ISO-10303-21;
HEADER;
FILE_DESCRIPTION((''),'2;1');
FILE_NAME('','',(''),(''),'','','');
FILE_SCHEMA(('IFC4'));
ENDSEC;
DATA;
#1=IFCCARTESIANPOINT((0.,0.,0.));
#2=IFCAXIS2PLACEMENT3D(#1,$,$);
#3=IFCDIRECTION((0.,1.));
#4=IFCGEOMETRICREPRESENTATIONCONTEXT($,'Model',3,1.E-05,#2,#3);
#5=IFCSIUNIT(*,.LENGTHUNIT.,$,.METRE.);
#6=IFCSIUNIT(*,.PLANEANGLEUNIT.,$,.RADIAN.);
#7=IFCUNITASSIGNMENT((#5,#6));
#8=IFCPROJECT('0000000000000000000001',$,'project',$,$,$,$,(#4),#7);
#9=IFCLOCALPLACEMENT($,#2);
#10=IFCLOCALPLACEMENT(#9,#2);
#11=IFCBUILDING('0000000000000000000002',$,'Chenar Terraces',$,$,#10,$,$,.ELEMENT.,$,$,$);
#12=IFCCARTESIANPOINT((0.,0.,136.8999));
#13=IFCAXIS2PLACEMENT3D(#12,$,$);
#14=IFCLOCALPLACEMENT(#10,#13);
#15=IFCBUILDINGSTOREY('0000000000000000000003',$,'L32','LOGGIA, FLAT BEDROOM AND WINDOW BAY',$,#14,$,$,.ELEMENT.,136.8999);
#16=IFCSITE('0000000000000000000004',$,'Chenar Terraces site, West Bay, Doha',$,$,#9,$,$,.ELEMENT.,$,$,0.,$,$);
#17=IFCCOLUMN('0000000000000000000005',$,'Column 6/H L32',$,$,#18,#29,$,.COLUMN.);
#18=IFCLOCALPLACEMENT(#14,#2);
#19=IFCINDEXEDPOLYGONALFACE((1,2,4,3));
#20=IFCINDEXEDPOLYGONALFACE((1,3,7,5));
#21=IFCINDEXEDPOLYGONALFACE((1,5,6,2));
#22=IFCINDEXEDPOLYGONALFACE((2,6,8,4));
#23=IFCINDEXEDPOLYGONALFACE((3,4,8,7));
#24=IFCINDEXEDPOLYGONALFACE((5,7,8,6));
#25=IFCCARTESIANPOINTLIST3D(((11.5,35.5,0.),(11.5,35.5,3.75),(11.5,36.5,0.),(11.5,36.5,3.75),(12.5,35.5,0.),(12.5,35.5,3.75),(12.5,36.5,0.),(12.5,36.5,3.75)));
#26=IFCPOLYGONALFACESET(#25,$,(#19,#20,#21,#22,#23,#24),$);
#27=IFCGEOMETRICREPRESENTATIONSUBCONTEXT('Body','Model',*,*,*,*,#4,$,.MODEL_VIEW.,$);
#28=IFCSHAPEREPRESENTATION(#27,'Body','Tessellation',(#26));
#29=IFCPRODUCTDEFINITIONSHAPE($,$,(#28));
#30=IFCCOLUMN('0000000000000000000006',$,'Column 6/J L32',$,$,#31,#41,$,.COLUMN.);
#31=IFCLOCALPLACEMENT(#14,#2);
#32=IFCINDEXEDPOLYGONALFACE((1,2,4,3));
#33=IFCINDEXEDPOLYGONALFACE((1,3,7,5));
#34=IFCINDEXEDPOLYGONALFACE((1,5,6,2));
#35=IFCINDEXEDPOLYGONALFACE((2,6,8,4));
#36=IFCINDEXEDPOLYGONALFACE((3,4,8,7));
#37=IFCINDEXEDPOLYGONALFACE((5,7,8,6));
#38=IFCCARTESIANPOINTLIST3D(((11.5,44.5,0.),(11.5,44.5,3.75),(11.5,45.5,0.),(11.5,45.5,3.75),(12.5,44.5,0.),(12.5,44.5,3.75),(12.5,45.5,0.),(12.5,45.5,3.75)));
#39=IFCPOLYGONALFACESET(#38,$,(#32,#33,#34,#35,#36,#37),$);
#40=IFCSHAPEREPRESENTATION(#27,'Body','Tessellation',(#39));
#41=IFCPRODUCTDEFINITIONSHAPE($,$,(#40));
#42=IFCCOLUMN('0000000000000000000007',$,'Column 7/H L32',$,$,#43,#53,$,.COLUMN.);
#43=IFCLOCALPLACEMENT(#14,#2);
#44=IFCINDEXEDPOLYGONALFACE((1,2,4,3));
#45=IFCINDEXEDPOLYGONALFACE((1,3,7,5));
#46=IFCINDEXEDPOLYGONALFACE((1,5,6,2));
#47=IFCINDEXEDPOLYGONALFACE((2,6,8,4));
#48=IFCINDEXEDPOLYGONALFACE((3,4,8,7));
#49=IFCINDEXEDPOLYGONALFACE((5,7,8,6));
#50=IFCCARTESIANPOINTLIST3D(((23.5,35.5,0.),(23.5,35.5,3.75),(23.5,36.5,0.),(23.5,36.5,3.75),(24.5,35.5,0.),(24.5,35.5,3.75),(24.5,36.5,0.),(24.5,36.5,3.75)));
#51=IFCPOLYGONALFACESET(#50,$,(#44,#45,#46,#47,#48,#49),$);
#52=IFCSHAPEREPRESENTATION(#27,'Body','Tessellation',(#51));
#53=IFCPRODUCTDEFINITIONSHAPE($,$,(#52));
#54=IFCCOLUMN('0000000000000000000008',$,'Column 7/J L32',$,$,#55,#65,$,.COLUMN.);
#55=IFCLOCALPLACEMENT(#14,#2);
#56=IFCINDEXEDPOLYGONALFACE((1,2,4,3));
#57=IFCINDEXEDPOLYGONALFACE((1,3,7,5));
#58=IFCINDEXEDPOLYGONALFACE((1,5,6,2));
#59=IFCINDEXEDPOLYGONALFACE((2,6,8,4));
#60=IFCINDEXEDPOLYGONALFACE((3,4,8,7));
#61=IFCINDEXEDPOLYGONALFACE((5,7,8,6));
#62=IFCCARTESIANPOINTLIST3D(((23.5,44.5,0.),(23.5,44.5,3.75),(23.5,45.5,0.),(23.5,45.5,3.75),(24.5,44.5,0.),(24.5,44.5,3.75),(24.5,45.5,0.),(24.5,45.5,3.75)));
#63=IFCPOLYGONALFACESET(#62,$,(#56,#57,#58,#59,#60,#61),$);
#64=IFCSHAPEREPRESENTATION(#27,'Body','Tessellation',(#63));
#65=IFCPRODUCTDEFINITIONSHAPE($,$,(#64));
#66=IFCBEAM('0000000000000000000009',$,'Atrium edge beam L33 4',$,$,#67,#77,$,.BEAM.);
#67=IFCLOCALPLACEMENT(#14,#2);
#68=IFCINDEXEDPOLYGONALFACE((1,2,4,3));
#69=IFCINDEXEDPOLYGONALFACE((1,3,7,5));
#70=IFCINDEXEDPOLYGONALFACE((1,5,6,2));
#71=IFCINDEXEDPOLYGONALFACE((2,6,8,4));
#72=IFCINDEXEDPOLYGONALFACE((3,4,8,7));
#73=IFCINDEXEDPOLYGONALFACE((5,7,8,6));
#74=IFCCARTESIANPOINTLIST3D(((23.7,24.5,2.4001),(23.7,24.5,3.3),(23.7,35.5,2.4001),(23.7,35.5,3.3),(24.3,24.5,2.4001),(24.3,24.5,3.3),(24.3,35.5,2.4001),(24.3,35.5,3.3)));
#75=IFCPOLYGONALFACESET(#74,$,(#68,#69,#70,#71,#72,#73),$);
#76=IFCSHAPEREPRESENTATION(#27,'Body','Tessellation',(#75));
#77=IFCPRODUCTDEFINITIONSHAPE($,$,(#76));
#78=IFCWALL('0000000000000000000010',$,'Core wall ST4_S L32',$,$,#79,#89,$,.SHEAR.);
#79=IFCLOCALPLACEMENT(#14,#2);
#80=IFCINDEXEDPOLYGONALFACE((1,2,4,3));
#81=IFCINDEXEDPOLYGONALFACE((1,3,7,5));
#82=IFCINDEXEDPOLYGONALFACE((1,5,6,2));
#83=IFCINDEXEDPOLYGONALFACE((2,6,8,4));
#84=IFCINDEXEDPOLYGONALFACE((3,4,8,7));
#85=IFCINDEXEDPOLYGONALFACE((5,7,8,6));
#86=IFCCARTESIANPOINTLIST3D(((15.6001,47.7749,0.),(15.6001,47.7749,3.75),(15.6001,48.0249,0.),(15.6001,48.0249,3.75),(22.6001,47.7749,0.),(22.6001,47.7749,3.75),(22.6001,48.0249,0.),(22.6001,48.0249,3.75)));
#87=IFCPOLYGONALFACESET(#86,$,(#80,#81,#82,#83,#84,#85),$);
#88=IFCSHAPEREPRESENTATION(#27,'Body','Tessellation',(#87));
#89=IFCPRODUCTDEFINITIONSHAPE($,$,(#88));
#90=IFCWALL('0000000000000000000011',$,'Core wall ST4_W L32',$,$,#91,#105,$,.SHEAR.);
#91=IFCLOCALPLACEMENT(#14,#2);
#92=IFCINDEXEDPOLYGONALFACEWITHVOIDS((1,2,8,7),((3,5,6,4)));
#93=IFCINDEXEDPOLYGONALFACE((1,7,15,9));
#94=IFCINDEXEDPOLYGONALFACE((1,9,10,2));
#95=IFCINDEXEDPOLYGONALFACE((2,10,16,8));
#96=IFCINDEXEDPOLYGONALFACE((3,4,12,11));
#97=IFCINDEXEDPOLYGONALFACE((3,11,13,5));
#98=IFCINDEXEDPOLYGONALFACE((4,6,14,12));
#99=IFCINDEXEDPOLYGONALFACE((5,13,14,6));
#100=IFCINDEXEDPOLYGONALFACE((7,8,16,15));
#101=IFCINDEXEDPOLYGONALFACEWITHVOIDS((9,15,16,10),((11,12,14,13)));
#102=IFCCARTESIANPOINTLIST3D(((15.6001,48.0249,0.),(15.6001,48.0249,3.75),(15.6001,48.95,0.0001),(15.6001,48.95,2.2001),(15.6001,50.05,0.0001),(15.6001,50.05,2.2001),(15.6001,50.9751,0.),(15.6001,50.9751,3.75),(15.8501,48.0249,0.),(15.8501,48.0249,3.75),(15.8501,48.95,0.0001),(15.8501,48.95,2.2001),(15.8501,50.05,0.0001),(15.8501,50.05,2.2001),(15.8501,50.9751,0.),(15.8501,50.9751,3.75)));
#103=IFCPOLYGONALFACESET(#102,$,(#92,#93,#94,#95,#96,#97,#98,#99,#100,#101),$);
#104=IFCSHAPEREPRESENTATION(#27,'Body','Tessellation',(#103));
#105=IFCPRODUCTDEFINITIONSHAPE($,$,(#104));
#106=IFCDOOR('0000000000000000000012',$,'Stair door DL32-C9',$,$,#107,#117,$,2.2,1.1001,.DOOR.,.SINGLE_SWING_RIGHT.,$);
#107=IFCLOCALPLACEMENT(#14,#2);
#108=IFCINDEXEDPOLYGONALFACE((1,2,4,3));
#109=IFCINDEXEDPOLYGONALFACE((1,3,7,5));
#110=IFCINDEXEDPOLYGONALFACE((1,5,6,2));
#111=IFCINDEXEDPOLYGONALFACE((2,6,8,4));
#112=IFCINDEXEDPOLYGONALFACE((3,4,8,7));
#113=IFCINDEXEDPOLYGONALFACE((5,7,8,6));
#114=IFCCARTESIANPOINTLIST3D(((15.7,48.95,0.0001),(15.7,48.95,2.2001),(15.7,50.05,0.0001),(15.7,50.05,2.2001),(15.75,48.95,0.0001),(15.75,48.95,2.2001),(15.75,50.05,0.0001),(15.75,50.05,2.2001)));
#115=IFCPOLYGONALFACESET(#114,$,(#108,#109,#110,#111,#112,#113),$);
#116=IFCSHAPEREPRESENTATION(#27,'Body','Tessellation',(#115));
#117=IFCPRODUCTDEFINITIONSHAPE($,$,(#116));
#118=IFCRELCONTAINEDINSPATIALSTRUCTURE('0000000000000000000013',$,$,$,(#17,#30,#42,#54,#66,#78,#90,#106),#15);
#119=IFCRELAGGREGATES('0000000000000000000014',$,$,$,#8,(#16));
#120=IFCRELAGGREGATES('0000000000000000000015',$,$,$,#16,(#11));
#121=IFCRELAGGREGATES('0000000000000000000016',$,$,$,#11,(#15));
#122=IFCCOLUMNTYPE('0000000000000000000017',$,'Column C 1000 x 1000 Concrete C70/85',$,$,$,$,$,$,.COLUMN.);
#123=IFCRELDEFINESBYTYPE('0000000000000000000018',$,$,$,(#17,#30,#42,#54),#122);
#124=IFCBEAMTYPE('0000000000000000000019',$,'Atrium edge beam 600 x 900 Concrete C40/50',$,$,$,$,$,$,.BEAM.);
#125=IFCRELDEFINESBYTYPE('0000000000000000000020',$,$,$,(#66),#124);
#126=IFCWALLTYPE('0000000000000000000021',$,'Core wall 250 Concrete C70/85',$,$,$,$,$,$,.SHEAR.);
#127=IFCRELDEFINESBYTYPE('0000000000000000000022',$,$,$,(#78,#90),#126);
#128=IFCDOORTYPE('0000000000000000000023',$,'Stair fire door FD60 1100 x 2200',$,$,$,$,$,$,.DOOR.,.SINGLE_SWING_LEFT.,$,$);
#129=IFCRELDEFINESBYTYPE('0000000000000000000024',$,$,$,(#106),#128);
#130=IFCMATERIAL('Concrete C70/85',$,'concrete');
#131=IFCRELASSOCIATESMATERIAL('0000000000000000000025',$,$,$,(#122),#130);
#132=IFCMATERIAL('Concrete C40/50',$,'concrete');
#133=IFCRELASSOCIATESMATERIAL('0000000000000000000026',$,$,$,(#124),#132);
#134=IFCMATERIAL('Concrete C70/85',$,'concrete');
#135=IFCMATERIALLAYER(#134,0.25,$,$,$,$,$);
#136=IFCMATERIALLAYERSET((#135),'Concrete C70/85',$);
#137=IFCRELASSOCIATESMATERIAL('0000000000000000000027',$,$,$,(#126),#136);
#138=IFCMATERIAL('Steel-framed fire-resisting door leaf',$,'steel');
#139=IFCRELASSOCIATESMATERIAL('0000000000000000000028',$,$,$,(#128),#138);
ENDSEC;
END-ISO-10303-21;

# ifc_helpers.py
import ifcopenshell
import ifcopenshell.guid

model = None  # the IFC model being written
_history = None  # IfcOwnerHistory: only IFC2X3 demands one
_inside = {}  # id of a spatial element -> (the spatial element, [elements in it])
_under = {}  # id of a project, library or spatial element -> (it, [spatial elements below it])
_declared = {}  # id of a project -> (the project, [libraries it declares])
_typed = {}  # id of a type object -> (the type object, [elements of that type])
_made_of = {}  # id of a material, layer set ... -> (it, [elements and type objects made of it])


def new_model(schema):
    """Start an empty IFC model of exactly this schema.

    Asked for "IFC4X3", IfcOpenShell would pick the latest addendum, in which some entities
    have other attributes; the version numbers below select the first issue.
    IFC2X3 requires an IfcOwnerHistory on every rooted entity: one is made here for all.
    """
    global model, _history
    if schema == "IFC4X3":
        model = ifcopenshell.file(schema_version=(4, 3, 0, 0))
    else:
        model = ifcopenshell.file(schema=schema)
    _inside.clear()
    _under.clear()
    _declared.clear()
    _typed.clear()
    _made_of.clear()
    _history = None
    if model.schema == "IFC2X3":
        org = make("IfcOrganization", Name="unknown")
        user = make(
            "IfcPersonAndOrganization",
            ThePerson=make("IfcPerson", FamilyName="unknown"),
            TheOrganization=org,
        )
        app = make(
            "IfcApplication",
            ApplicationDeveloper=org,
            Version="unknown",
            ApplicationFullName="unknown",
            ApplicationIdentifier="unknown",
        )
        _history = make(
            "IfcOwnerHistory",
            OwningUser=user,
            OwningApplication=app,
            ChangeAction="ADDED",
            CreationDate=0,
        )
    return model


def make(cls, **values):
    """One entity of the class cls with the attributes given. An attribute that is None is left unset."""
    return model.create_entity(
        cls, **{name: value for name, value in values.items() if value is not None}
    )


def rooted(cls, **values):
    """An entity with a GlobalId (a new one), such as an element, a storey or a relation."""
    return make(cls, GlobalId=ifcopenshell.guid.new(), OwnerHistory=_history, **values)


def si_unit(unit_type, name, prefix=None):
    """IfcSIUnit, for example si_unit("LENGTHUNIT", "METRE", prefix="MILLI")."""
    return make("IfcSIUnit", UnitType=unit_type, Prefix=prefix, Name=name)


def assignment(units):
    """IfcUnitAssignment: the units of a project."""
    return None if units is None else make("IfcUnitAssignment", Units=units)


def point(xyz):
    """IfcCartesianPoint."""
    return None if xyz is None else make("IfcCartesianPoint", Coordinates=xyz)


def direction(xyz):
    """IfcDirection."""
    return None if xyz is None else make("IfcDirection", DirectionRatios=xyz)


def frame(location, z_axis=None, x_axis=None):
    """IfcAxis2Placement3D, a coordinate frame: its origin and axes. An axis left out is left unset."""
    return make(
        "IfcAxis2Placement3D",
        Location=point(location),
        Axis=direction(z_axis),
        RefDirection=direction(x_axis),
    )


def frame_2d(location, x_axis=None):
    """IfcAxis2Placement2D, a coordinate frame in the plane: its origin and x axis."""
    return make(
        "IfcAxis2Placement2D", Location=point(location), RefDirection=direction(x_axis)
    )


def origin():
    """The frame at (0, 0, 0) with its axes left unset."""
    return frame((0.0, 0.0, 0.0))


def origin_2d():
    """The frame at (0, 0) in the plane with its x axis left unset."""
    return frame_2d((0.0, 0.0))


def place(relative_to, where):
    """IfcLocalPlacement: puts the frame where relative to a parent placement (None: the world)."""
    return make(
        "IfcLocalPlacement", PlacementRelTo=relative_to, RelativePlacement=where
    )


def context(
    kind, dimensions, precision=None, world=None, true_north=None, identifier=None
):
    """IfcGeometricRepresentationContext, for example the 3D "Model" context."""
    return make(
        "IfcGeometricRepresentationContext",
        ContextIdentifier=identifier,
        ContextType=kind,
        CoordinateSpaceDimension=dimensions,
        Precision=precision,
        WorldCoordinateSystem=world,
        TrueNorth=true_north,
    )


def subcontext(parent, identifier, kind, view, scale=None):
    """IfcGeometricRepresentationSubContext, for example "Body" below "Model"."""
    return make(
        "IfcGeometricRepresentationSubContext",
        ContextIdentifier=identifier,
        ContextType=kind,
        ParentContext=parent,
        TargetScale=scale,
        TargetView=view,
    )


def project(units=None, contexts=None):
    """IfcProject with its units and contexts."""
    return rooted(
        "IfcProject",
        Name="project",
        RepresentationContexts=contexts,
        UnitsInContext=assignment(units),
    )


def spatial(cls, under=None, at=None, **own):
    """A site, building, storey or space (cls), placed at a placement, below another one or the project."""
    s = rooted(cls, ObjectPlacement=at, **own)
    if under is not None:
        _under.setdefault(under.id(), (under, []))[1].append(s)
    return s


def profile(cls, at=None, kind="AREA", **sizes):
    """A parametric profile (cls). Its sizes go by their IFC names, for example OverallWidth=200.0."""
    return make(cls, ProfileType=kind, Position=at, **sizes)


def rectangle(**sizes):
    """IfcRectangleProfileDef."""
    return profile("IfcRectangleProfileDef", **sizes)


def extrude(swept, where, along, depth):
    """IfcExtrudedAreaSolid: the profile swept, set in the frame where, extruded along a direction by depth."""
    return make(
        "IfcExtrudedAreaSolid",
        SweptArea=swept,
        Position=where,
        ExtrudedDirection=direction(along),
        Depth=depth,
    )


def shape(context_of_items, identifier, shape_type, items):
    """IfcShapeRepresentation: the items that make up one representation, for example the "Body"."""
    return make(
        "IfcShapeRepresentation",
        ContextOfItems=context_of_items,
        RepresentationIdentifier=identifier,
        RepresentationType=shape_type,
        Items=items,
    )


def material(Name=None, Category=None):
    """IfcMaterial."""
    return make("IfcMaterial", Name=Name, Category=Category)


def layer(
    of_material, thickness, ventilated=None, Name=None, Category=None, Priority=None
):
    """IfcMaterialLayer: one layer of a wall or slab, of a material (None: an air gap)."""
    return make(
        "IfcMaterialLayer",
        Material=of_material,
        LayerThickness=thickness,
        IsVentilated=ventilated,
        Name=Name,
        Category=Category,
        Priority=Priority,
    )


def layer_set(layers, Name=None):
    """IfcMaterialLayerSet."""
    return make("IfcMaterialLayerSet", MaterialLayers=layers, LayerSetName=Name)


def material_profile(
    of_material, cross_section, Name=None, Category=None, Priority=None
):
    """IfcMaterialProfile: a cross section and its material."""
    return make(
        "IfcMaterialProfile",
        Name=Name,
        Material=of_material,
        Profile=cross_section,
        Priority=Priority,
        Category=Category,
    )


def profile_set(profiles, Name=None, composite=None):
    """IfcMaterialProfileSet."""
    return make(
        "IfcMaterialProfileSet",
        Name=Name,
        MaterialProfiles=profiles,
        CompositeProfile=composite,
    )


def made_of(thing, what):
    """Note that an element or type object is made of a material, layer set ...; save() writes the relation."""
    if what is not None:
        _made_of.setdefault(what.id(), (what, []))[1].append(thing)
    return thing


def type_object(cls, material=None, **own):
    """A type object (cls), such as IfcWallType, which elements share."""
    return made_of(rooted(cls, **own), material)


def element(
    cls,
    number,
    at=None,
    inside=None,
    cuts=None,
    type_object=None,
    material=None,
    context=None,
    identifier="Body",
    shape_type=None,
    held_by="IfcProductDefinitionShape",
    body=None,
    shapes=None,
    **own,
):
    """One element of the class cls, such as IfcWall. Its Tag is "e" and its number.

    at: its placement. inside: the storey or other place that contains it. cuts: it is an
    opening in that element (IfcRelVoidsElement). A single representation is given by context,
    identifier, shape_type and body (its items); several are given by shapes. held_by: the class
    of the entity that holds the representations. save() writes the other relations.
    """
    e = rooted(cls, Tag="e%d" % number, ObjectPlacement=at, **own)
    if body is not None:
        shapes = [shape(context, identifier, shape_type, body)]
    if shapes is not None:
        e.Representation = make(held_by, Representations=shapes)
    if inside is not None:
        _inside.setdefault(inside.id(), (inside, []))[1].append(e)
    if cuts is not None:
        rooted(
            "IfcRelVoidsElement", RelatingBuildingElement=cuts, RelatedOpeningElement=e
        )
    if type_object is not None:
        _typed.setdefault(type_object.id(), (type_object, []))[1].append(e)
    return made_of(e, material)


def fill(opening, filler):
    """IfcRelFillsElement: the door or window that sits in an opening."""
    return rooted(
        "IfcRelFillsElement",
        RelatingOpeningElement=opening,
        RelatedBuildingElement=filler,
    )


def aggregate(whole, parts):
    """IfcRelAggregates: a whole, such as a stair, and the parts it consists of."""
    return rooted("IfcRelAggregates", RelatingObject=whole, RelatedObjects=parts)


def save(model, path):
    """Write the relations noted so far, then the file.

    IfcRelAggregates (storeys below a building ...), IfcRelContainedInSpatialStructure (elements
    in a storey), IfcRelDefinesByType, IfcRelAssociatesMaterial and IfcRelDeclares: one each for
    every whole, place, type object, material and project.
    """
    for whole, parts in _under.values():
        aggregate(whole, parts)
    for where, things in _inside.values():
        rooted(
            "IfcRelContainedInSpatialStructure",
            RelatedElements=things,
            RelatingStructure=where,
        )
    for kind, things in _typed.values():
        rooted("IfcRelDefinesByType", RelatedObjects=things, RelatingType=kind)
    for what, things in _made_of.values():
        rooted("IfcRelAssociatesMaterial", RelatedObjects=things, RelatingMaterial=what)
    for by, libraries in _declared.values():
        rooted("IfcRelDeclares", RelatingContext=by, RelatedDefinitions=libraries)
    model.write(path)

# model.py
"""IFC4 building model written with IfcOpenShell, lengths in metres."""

from ifc_helpers import new_model, si_unit, direction, frame, frame_2d, origin, origin_2d, place, context, subcontext, project, spatial, rectangle, extrude, material, layer, layer_set, material_profile, profile_set, type_object, element, fill, save


model = new_model("IFC4")

# Units and contexts
model_context = context("Model", 3, precision=1e-05, world=origin(), true_north=direction((0.0, 1.0)))
body_context = subcontext(model_context, "Body", "Model", "MODEL_VIEW")
ifc_project = project(units=[si_unit("LENGTHUNIT", "METRE"), si_unit("PLANEANGLEUNIT", "RADIAN")], contexts=[model_context])

# Site, building, storey
site_placement = place(None, origin())
site = spatial("IfcSite", under=ifc_project, at=site_placement, Name="Chenar Terraces site, West Bay, Doha", CompositionType="ELEMENT", RefElevation=0.0)
building_placement = place(site_placement, origin())
building = spatial("IfcBuilding", under=site, at=building_placement, Name="Chenar Terraces", CompositionType="ELEMENT")
storey_placement = place(building_placement, frame((0.0, 0.0, 136.8999)))
storey = spatial("IfcBuildingStorey", under=building, at=storey_placement, Name="L32", Description="LOGGIA, FLAT BEDROOM AND WINDOW BAY", CompositionType="ELEMENT", Elevation=136.8999)

# Columns
ifc_material_1 = material(Name="Concrete C70/85", Category="concrete")
ifc_material_profile_1 = material_profile(ifc_material_1, rectangle(XDim=1.0, YDim=1.0, at=origin_2d()), Name="C 1000 x 1000")
ifc_profile_set_1 = profile_set([ifc_material_profile_1], Name="Concrete C70/85")
column_type = type_object("IfcColumnType", Name="Column C 1000 x 1000 Concrete C70/85", PredefinedType="COLUMN", material=ifc_profile_set_1)
for number, where, z_axis, x_axis, name in (
    (1, (12.0, 36.0, 0.0), (0.0, 0.0, 1.0), (1.0, 0.0, 0.0), "Column 6/H L32"),
    (2, (12.0, 45.0, 0.0), (0.0, 0.0, 1.0), (1.0, 0.0, 0.0), "Column 6/J L32"),
    (3, (24.0, 36.0, 0.0), (0.0, 0.0, 1.0), (1.0, 0.0, 0.0), "Column 7/H L32"),
    (4, (24.0, 45.0, 0.0), (0.0, 0.0, 1.0), (1.0, 0.0, 0.0), "Column 7/J L32"),
):
    element("IfcColumn", number, at=place(storey_placement, frame(where, z_axis=z_axis, x_axis=x_axis)), inside=storey, type_object=column_type, Name=name, PredefinedType="COLUMN", context=body_context, shape_type="SweptSolid", body=[
        extrude(rectangle(XDim=1.0, YDim=1.0, at=origin_2d()), origin(), (0.0, 0.0, 1.0), 3.75),
    ])

# Beam
ifc_material_2 = material(Name="Concrete C40/50", Category="concrete")
ifc_material_profile_2 = material_profile(ifc_material_2, rectangle(XDim=0.6001, YDim=0.8999, at=origin_2d()), Name="RC 600 x 900")
ifc_profile_set_2 = profile_set([ifc_material_profile_2], Name="Concrete C40/50")
beam_type = type_object("IfcBeamType", Name="Atrium edge beam 600 x 900 Concrete C40/50", PredefinedType="BEAM", material=ifc_profile_set_2)
beam_placement = place(storey_placement, frame((24.0, 35.5, 2.8501), z_axis=(0.0, -1.0, 0.0), x_axis=(1.0, 0.0, 0.0)))
element("IfcBeam", 5, at=beam_placement, inside=storey, type_object=beam_type, Name="Atrium edge beam L33 4", PredefinedType="BEAM", context=body_context, shape_type="SweptSolid", body=[
    extrude(rectangle(XDim=0.6001, YDim=0.8999, at=origin_2d()), origin(), (0.0, 0.0, 1.0), 11.0),
])

# Wall
ifc_material_3 = material(Name="Concrete C70/85", Category="concrete")
ifc_layer_1 = layer(ifc_material_3, 0.25)
ifc_layer_set_1 = layer_set([ifc_layer_1], Name="Concrete C70/85")
wall_type_1 = type_object("IfcWallType", Name="Core wall 250 Concrete C70/85", PredefinedType="SHEAR", material=ifc_layer_set_1)
wall_1_placement = place(storey_placement, frame((15.6001, 47.8999, 0.0), z_axis=(0.0, 0.0, 1.0), x_axis=(1.0, 0.0, 0.0)))
element("IfcWall", 6, at=wall_1_placement, inside=storey, type_object=wall_type_1, Name="Core wall ST4_S L32", PredefinedType="SHEAR", context=body_context, shape_type="SweptSolid", body=[
    extrude(rectangle(XDim=7.0, YDim=0.25, at=frame_2d((3.5, 0.0))), origin(), (0.0, 0.0, 1.0), 3.75),
])

# Wall, opening, door
wall_2_placement = place(storey_placement, frame((15.7251, 48.0249, 0.0), z_axis=(0.0, 0.0, 1.0), x_axis=(0.0, 1.0, 0.0)))
wall_2 = element("IfcWall", 7, at=wall_2_placement, inside=storey, type_object=wall_type_1, Name="Core wall ST4_W L32", PredefinedType="SHEAR", context=body_context, shape_type="SweptSolid", body=[
    extrude(rectangle(XDim=2.9502, YDim=0.25, at=frame_2d((1.4751, 0.0))), origin(), (0.0, 0.0, 1.0), 3.75),
])
opening_1_placement = place(wall_2_placement, frame((0.925, 0.0, 0.0)))
opening_1 = element("IfcOpeningElement", 8, at=opening_1_placement, cuts=wall_2, PredefinedType="OPENING", context=body_context, shape_type="SweptSolid", body=[
    extrude(rectangle(XDim=1.1001, YDim=2.2, at=frame_2d((0.55, 1.1001))), frame((0.0, 0.135, 0.0), z_axis=(0.0, -1.0, 0.0), x_axis=(1.0, 0.0, 0.0)), (0.0, 0.0, 1.0), 0.27),
])
ifc_material_4 = material(Name="Steel-framed fire-resisting door leaf", Category="steel")
door_type_1 = type_object("IfcDoorType", Name="Stair fire door FD60 1100 x 2200", OperationType="SINGLE_SWING_LEFT", PredefinedType="DOOR", material=ifc_material_4)
door_1_placement = place(opening_1_placement, frame((1.1001, 0.0, 0.0), z_axis=(0.0, 0.0, 1.0), x_axis=(-1.0, 0.0, 0.0)))
door_1 = element("IfcDoor", 9, at=door_1_placement, inside=storey, type_object=door_type_1, Name="Stair door DL32-C9", OperationType="SINGLE_SWING_RIGHT", OverallHeight=2.2, OverallWidth=1.1001, PredefinedType="DOOR", context=body_context, shape_type="SweptSolid", body=[
    extrude(rectangle(XDim=1.1001, YDim=2.2, at=frame_2d((0.55, 1.1001))), frame((0.0, 0.0249, 0.0), z_axis=(0.0, -1.0, 0.0), x_axis=(1.0, 0.0, 0.0)), (0.0, 0.0, 1.0), 0.05),
])
fill(opening_1, door_1)

save(model, "model.ifc")
